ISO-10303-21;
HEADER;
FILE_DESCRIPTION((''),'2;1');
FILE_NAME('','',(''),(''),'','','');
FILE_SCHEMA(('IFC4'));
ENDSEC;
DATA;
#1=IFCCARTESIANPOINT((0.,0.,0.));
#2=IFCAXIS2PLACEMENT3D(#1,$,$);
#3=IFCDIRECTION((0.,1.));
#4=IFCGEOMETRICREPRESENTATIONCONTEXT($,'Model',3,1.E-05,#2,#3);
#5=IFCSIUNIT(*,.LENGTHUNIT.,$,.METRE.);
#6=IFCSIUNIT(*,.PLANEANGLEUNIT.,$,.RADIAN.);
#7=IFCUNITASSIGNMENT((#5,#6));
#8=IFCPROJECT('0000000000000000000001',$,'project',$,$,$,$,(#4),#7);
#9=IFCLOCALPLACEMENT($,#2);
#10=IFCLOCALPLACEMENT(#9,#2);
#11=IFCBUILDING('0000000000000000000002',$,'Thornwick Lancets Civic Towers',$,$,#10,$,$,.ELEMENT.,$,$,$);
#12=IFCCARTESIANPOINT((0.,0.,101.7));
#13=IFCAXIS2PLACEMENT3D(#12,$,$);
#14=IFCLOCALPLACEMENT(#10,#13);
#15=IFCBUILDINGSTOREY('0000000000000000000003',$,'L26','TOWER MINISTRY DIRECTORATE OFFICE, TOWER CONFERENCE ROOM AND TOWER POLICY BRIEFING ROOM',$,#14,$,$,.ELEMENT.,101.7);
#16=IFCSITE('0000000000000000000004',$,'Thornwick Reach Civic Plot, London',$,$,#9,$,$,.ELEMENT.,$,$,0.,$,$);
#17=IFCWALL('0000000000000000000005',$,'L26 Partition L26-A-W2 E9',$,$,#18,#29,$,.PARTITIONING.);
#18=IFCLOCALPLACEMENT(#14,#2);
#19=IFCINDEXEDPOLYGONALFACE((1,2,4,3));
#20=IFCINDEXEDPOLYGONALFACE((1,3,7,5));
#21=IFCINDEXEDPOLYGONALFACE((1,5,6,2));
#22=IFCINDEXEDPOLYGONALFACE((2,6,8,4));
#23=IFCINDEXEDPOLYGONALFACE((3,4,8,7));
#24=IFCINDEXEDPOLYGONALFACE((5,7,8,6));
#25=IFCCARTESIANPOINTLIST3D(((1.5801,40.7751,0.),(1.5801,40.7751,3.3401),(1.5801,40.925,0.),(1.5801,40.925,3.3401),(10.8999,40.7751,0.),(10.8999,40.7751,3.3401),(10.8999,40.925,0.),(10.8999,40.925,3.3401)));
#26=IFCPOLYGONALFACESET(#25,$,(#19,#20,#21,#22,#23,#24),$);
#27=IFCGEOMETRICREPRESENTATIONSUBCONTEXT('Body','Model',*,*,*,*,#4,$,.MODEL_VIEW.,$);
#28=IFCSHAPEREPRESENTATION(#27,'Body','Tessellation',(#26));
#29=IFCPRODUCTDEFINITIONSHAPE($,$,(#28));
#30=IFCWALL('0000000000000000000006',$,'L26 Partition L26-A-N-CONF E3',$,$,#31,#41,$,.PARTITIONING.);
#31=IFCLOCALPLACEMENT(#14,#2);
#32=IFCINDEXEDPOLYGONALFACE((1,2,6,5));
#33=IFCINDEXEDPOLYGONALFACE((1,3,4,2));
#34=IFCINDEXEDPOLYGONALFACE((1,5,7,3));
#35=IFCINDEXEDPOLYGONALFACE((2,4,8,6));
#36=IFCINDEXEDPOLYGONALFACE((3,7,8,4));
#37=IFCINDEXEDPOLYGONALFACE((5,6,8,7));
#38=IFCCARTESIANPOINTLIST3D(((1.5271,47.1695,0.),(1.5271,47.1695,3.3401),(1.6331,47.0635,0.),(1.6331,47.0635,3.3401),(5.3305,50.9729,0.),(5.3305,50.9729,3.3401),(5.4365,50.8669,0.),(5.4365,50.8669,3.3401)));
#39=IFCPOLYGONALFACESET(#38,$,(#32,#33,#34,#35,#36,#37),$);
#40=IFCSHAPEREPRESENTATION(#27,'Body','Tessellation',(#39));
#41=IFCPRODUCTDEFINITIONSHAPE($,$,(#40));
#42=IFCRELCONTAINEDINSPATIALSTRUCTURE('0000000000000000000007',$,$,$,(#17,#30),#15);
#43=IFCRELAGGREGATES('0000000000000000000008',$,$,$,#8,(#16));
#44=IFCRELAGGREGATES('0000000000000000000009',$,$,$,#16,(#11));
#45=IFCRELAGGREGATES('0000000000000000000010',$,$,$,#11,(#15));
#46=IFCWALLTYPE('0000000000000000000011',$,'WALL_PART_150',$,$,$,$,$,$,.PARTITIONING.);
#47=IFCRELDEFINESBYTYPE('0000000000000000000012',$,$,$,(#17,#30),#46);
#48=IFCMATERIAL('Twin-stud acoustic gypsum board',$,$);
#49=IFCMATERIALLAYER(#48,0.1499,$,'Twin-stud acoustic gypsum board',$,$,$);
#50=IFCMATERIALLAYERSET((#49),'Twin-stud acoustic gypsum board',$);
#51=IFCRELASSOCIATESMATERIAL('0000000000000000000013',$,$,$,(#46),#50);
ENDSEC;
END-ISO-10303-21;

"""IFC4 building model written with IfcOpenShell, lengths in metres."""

from ifc_helpers import new_model, si_unit, direction, frame, frame_2d, origin, place, context, subcontext, project, spatial, rectangle, extrude, material, layer, layer_set, type_object, element, save


model = new_model("IFC4")

# Units and contexts
model_context = context("Model", 3, precision=1e-05, world=origin(), true_north=direction((0.0, 1.0)))
body_context = subcontext(model_context, "Body", "Model", "MODEL_VIEW")
ifc_project = project(units=[si_unit("LENGTHUNIT", "METRE"), si_unit("PLANEANGLEUNIT", "RADIAN")], contexts=[model_context])

# Site, building, storey
site_placement = place(None, origin())
site = spatial("IfcSite", under=ifc_project, at=site_placement, Name="Thornwick Reach Civic Plot, London", CompositionType="ELEMENT", RefElevation=0.0)
building_placement = place(site_placement, origin())
building = spatial("IfcBuilding", under=site, at=building_placement, Name="Thornwick Lancets Civic Towers", CompositionType="ELEMENT")
storey_placement = place(building_placement, frame((0.0, 0.0, 101.7)))
storey = spatial("IfcBuildingStorey", under=building, at=storey_placement, Name="L26", Description="TOWER MINISTRY DIRECTORATE OFFICE, TOWER CONFERENCE ROOM AND TOWER POLICY BRIEFING ROOM", CompositionType="ELEMENT", Elevation=101.7)

# Walls
ifc_material_1 = material(Name="Twin-stud acoustic gypsum board")
ifc_layer_1 = layer(ifc_material_1, 0.1499, Name="Twin-stud acoustic gypsum board")
ifc_layer_set_1 = layer_set([ifc_layer_1], Name="Twin-stud acoustic gypsum board")
wall_type_1 = type_object("IfcWallType", Name="WALL_PART_150", PredefinedType="PARTITIONING", material=ifc_layer_set_1)
wall_1_placement = place(storey_placement, frame((1.5801, 40.8501, 0.0), z_axis=(0.0, 0.0, 1.0), x_axis=(1.0, 0.0, 0.0)))
element("IfcWall", 1, at=wall_1_placement, inside=storey, type_object=wall_type_1, Name="L26 Partition L26-A-W2 E9", PredefinedType="PARTITIONING", context=body_context, shape_type="SweptSolid", body=[
    extrude(rectangle(XDim=9.3198, YDim=0.1499, at=frame_2d((4.6599, 0.0))), origin(), (0.0, 0.0, 1.0), 3.3401),
])
wall_2_placement = place(storey_placement, frame((1.5801, 47.1165, 0.0), z_axis=(0.0, 0.0, 1.0), x_axis=(0.707107, 0.707107, 0.0)))
element("IfcWall", 2, at=wall_2_placement, inside=storey, type_object=wall_type_1, Name="L26 Partition L26-A-N-CONF E3", PredefinedType="PARTITIONING", context=body_context, shape_type="SweptSolid", body=[
    extrude(rectangle(XDim=5.3789, YDim=0.1499, at=frame_2d((2.6895, 0.0))), origin(), (0.0, 0.0, 1.0), 3.3401),
])

save(model, "model.ifc")
